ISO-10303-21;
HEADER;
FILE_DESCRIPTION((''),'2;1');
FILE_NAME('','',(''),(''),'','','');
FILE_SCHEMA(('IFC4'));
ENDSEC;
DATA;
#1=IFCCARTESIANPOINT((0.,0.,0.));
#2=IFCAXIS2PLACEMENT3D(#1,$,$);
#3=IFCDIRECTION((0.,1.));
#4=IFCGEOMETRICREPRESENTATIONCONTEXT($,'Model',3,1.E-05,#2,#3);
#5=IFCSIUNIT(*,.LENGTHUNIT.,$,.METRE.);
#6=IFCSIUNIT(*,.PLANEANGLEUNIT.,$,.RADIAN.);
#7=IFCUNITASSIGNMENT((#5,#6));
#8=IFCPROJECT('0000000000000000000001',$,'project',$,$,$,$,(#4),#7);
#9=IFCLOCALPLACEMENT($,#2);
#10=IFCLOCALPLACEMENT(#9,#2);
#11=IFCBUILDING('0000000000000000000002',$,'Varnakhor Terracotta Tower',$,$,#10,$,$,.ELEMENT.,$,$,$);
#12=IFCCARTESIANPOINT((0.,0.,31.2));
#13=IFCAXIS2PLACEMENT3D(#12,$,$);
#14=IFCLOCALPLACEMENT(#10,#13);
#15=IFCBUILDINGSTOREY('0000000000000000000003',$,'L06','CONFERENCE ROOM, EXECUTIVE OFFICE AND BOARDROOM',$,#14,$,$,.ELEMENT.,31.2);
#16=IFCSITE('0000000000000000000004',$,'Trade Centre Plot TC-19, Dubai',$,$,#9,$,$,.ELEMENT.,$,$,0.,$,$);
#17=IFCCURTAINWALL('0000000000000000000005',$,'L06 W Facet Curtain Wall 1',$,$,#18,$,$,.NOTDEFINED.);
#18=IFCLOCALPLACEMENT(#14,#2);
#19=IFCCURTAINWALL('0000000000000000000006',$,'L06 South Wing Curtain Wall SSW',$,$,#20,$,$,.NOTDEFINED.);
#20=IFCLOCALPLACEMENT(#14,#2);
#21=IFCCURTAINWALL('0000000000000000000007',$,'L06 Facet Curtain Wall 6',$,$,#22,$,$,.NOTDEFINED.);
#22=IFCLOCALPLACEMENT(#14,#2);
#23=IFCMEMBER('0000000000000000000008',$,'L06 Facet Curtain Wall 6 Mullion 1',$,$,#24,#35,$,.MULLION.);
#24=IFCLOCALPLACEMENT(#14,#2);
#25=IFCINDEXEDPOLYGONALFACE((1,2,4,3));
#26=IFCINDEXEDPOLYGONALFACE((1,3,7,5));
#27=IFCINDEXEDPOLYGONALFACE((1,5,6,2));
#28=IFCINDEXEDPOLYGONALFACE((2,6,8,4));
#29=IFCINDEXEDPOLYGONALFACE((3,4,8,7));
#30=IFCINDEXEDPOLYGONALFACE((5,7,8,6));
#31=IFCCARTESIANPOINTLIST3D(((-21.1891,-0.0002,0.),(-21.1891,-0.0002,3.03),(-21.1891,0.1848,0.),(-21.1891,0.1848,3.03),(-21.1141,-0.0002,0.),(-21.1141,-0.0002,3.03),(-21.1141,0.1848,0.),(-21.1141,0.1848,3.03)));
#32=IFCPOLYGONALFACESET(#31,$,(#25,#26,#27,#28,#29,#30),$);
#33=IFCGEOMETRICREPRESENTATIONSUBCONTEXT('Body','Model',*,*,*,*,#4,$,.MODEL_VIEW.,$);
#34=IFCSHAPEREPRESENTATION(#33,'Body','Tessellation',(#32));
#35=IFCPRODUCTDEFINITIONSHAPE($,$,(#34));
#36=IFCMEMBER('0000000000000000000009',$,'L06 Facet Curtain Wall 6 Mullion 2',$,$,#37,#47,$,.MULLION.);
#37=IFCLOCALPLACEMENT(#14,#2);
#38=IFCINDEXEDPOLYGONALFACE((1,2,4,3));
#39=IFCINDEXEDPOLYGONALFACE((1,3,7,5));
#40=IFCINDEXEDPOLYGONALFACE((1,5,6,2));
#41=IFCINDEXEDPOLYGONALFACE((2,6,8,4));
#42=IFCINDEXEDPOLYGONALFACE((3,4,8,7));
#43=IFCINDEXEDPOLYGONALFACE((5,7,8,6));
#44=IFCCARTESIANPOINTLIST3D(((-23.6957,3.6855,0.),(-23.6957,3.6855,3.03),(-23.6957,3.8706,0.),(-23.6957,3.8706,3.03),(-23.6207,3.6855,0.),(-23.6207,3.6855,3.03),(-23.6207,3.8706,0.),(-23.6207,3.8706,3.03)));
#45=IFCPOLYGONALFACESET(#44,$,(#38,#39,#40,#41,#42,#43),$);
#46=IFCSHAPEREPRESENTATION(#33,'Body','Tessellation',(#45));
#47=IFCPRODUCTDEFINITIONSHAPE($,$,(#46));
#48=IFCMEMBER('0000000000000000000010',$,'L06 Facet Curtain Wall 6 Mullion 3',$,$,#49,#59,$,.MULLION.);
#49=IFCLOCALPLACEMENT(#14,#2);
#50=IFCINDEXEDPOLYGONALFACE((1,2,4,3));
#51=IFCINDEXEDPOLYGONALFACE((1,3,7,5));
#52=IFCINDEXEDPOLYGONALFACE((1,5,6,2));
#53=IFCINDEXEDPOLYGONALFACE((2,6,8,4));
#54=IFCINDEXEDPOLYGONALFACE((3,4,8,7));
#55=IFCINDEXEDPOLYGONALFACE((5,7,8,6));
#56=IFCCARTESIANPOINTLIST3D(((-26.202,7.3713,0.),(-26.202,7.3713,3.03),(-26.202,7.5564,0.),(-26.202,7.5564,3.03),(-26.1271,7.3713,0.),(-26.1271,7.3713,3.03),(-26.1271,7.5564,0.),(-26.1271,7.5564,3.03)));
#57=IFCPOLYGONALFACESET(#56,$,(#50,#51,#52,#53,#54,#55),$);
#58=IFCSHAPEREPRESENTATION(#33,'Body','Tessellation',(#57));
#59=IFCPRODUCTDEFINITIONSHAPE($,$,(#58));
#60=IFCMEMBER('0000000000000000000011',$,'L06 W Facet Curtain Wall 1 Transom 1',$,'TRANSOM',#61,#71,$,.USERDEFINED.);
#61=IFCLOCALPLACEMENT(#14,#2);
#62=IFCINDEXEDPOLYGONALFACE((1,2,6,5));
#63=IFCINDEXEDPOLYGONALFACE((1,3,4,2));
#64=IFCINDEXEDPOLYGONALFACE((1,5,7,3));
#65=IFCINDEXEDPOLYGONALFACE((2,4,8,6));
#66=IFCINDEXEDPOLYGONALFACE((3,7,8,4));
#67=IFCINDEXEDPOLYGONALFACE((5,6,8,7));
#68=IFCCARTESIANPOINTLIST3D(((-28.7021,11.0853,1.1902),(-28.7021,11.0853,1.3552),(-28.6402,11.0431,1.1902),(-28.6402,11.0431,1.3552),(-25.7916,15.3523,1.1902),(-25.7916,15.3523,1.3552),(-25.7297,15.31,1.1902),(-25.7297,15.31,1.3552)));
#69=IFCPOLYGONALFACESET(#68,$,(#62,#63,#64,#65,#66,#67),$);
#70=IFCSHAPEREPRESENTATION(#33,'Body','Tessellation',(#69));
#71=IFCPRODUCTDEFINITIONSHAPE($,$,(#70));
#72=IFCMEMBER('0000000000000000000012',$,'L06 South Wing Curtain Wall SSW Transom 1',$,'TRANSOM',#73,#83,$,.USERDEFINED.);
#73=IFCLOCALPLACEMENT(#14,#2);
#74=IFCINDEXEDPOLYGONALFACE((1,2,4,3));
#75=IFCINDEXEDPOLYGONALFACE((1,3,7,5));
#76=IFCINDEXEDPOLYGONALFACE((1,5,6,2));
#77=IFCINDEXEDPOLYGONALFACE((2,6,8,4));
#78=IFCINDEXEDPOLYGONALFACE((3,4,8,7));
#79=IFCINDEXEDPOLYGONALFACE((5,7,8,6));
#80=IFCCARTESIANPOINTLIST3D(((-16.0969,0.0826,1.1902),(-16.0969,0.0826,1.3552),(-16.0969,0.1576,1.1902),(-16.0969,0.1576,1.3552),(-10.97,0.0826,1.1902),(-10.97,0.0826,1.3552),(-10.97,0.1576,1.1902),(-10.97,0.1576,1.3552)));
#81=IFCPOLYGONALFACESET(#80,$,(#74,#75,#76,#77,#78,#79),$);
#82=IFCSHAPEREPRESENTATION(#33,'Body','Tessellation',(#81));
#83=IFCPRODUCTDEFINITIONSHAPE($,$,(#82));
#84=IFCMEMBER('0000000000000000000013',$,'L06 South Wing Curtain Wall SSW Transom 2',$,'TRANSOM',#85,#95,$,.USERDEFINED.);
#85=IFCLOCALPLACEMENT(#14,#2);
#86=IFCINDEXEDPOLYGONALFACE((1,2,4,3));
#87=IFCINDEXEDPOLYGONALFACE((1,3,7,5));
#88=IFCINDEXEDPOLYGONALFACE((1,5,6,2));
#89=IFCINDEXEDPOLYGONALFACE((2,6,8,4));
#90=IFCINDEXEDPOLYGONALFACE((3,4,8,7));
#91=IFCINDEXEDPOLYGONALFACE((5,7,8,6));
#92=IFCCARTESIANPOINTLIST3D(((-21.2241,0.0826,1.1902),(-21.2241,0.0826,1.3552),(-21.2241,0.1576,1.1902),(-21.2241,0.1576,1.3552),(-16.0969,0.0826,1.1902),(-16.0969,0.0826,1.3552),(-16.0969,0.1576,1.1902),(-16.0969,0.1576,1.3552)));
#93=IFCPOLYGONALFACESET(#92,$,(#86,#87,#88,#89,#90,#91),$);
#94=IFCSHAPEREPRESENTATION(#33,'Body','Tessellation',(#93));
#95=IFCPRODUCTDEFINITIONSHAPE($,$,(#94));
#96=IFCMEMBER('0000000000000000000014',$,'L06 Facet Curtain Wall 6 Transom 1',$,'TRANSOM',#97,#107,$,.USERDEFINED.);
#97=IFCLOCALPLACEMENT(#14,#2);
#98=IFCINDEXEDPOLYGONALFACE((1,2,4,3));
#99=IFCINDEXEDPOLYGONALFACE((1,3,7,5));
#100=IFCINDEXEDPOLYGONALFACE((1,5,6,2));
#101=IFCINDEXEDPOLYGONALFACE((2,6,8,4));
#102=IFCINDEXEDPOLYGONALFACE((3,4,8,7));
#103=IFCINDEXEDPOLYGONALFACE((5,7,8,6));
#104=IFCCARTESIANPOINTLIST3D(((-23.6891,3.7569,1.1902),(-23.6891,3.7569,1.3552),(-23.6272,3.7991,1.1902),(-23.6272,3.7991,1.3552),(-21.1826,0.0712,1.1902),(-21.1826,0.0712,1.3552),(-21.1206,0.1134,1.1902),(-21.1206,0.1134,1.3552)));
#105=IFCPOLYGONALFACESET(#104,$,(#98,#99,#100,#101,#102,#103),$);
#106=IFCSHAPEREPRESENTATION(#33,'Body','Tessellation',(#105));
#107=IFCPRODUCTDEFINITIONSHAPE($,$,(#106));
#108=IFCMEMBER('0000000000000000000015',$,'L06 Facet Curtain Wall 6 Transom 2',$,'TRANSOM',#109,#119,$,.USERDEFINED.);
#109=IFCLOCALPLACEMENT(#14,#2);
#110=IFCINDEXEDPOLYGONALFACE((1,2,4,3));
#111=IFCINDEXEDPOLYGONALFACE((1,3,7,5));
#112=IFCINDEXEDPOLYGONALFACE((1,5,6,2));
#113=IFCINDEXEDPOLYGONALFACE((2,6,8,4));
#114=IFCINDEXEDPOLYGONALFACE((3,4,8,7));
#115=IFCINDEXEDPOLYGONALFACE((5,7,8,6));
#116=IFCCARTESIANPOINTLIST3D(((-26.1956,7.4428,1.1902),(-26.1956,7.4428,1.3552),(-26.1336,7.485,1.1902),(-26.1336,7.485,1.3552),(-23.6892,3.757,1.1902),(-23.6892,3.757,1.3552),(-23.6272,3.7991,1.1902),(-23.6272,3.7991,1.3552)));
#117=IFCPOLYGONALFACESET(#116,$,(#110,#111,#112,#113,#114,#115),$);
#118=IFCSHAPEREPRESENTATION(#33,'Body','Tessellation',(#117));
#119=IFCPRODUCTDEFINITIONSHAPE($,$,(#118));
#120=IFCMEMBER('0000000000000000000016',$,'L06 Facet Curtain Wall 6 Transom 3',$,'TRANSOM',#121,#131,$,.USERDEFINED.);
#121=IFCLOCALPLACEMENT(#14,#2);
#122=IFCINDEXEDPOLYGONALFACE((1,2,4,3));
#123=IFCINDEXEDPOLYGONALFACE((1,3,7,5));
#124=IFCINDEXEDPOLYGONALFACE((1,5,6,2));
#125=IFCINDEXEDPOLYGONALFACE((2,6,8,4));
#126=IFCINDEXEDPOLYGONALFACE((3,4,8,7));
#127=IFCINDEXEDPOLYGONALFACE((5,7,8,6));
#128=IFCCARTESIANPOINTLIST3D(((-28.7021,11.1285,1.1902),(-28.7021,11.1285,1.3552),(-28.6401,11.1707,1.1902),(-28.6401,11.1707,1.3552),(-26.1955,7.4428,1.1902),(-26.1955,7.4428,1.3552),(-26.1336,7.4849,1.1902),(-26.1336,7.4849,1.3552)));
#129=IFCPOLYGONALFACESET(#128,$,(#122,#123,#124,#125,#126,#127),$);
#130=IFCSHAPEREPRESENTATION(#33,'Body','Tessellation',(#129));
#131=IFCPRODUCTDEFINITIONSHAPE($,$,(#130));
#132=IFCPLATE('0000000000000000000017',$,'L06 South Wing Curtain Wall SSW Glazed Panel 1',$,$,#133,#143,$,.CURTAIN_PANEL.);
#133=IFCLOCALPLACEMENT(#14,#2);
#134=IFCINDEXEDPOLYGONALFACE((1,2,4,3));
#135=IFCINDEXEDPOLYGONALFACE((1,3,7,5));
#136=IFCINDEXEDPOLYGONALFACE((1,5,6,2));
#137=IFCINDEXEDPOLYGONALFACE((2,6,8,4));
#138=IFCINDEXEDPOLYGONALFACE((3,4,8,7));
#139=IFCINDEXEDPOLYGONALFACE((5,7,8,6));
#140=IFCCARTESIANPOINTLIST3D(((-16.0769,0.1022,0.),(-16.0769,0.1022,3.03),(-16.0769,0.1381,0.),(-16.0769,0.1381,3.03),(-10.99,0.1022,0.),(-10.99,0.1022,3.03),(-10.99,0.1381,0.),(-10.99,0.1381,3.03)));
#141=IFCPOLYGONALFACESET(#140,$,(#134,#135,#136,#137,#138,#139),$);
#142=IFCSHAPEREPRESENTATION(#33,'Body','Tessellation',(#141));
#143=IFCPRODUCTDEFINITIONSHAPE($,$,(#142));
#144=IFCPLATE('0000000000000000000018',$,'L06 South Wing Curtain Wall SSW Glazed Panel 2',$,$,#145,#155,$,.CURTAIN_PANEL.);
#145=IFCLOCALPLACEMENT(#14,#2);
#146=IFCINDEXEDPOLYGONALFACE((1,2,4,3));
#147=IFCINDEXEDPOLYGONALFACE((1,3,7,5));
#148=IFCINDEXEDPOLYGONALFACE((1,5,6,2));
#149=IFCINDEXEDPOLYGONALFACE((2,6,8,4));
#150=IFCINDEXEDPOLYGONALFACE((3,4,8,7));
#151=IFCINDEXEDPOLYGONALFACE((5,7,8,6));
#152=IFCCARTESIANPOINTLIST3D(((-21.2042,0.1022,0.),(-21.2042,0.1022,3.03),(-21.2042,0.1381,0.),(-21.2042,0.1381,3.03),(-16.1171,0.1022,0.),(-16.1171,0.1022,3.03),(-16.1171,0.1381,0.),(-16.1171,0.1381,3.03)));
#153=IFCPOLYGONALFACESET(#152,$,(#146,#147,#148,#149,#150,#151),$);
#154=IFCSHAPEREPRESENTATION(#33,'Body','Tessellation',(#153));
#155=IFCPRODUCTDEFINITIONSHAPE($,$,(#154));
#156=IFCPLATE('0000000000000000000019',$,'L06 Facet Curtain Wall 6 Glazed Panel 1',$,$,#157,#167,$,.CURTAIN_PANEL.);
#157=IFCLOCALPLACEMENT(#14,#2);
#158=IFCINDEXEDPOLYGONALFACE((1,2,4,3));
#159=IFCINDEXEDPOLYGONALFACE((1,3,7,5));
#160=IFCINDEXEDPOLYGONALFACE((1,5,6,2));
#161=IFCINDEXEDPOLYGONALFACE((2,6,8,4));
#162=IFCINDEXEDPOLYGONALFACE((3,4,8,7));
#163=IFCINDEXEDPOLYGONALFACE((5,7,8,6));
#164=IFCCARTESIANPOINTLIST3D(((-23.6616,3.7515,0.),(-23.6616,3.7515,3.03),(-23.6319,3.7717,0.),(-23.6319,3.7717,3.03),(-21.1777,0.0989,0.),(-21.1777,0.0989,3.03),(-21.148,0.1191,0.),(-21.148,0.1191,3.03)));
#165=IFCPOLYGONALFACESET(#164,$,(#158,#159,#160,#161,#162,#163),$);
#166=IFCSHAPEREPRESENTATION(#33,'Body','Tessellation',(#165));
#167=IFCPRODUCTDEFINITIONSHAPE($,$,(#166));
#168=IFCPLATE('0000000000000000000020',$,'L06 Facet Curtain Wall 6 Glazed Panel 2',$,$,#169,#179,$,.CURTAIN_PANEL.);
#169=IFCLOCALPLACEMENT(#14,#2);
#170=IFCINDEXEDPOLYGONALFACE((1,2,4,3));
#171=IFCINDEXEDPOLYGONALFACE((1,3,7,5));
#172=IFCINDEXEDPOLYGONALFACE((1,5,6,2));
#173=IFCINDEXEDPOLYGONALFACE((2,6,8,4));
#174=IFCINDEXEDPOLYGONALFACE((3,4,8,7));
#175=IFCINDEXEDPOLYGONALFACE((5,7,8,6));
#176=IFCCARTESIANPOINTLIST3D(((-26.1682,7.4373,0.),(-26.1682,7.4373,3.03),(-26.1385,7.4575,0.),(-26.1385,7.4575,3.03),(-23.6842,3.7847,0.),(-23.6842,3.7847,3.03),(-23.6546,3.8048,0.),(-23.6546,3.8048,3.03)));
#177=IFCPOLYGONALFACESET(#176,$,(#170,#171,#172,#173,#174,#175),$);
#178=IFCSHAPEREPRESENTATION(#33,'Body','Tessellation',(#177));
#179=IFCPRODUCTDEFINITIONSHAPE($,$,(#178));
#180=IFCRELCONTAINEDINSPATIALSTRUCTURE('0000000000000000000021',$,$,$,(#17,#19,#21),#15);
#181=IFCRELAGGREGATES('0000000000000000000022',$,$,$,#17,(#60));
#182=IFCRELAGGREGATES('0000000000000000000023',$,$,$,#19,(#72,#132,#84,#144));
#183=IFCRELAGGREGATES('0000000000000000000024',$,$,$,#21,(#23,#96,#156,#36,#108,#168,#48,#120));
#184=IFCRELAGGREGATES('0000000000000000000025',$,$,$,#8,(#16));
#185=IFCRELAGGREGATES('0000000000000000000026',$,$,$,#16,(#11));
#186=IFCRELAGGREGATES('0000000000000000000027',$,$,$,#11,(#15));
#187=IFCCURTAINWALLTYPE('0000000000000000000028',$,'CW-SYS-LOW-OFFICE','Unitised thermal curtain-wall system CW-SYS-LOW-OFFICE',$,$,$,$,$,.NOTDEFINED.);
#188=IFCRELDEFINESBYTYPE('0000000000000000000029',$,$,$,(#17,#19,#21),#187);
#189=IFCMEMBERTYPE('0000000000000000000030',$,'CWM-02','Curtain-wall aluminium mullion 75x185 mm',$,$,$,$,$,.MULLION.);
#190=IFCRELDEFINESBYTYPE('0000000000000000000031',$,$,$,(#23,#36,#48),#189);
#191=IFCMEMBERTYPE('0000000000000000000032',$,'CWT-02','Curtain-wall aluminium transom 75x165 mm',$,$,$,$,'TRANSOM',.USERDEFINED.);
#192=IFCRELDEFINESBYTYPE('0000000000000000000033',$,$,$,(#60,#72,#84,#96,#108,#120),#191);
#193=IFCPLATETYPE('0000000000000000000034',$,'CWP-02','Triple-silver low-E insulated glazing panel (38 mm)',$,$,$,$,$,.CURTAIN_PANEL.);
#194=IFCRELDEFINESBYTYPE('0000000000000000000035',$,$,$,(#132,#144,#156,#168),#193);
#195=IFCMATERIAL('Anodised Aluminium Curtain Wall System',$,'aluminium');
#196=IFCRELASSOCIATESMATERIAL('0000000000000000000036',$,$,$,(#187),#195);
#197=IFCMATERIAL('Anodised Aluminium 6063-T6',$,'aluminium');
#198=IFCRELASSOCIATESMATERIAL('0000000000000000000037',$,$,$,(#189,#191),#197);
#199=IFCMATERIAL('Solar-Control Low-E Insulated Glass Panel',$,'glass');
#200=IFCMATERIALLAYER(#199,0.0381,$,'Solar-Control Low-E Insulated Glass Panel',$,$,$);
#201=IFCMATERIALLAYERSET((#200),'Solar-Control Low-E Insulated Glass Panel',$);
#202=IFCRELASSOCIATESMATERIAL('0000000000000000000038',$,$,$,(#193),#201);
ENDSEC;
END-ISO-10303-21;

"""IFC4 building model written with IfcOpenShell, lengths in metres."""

from ifc_helpers import new_model, si_unit, direction, frame, origin, origin_2d, place, context, subcontext, project, spatial, rectangle, extrude, source, transform, mapped, material, layer, layer_set, material_profile, profile_set, type_object, type_shapes, element, aggregate, save


model = new_model("IFC4")

# Units and contexts
model_context = context("Model", 3, precision=1e-05, world=origin(), true_north=direction((0.0, 1.0)))
body_context = subcontext(model_context, "Body", "Model", "MODEL_VIEW")
ifc_project = project(units=[si_unit("LENGTHUNIT", "METRE"), si_unit("PLANEANGLEUNIT", "RADIAN")], contexts=[model_context])

# Site, building, storey
site_placement = place(None, origin())
site = spatial("IfcSite", under=ifc_project, at=site_placement, Name="Trade Centre Plot TC-19, Dubai", CompositionType="ELEMENT", RefElevation=0.0)
building_placement = place(site_placement, origin())
building = spatial("IfcBuilding", under=site, at=building_placement, Name="Varnakhor Terracotta Tower", CompositionType="ELEMENT")
storey_placement = place(building_placement, frame((0.0, 0.0, 31.2)))
storey = spatial("IfcBuildingStorey", under=building, at=storey_placement, Name="L06", Description="CONFERENCE ROOM, EXECUTIVE OFFICE AND BOARDROOM", CompositionType="ELEMENT", Elevation=31.2)

# Curtain wall
ifc_material_1 = material(Name="Anodised Aluminium Curtain Wall System", Category="aluminium")
curtain_wall_type = type_object("IfcCurtainWallType", Name="CW-SYS-LOW-OFFICE", Description="Unitised thermal curtain-wall system CW-SYS-LOW-OFFICE", PredefinedType="NOTDEFINED", material=ifc_material_1)
curtain_wall_1_placement = place(storey_placement, origin())
curtain_wall_1 = element("IfcCurtainWall", 1, at=curtain_wall_1_placement, inside=storey, type_object=curtain_wall_type, Name="L06 W Facet Curtain Wall 1", PredefinedType="NOTDEFINED")
ifc_material_2 = material(Name="Anodised Aluminium 6063-T6", Category="aluminium")
ifc_material_profile_1 = material_profile(ifc_material_2, rectangle(XDim=0.075, YDim=0.1851, at=origin_2d()), Name="ALU MULLION 75x185")
ifc_profile_set_1 = profile_set([ifc_material_profile_1], Name="Anodised Aluminium 6063-T6")
member_type_1 = type_object("IfcMemberType", Name="CWM-02", Description="Curtain-wall aluminium mullion 75x185 mm", PredefinedType="MULLION", material=ifc_profile_set_1)
shared_shape_1 = source(origin(), body_context, "Body", "SweptSolid", [
    extrude(rectangle(XDim=0.075, YDim=0.1851, at=origin_2d()), origin(), (0.0, 0.0, 1.0), 3.03),
])
type_shapes(member_type_1, [shared_shape_1])

# Curtain walls, members
curtain_wall_2_placement = place(storey_placement, origin())
curtain_wall_2 = element("IfcCurtainWall", 2, at=curtain_wall_2_placement, inside=storey, type_object=curtain_wall_type, Name="L06 South Wing Curtain Wall SSW", PredefinedType="NOTDEFINED")
curtain_wall_3_placement = place(storey_placement, origin())
curtain_wall_3 = element("IfcCurtainWall", 3, at=curtain_wall_3_placement, inside=storey, type_object=curtain_wall_type, Name="L06 Facet Curtain Wall 6", PredefinedType="NOTDEFINED")
member_1_placement = place(storey_placement, frame((-21.1516, 0.0923, 0.0), z_axis=(0.0, 0.0, 1.0), x_axis=(1.0, 0.0, 0.0)))
member_1 = element("IfcMember", 4, at=member_1_placement, type_object=member_type_1, Name="L06 Facet Curtain Wall 6 Mullion 1", PredefinedType="MULLION", context=body_context, shape_type="MappedRepresentation", body=[
    mapped(shared_shape_1, transform((0.0, 0.0, 0.0), scale=1.0)),
])
member_2_placement = place(storey_placement, frame((-23.6582, 3.7781, 0.0), z_axis=(0.0, 0.0, 1.0), x_axis=(1.0, 0.0, 0.0)))
member_2 = element("IfcMember", 5, at=member_2_placement, type_object=member_type_1, Name="L06 Facet Curtain Wall 6 Mullion 2", PredefinedType="MULLION", context=body_context, shape_type="MappedRepresentation", body=[
    mapped(shared_shape_1, transform((0.0, 0.0, 0.0), scale=1.0)),
])
member_3_placement = place(storey_placement, frame((-26.1646, 7.4639, 0.0), z_axis=(0.0, 0.0, 1.0), x_axis=(1.0, 0.0, 0.0)))
member_3 = element("IfcMember", 6, at=member_3_placement, type_object=member_type_1, Name="L06 Facet Curtain Wall 6 Mullion 3", PredefinedType="MULLION", context=body_context, shape_type="MappedRepresentation", body=[
    mapped(shared_shape_1, transform((0.0, 0.0, 0.0), scale=1.0)),
])

# Members
ifc_material_profile_2 = material_profile(ifc_material_2, rectangle(XDim=0.075, YDim=0.165, at=origin_2d()), Name="ALU TRANSOM 75x165")
ifc_profile_set_2 = profile_set([ifc_material_profile_2], Name="Anodised Aluminium 6063-T6")
member_type_2 = type_object("IfcMemberType", Name="CWT-02", Description="Curtain-wall aluminium transom 75x165 mm", ElementType="TRANSOM", PredefinedType="USERDEFINED", material=ifc_profile_set_2)
shared_shape_2 = source(origin(), body_context, "Body", "SweptSolid", [
    extrude(rectangle(XDim=0.075, YDim=0.165, at=origin_2d()), origin(), (0.0, 0.0, 1.0), 5.165),
])
member_4_placement = place(storey_placement, frame((-28.6711, 11.0642, 1.2727), z_axis=(0.563494, 0.82612, 0.0), x_axis=(-0.82612, 0.563494, 0.0)))
member_4 = element("IfcMember", 7, at=member_4_placement, type_object=member_type_2, Name="L06 W Facet Curtain Wall 1 Transom 1", ObjectType="TRANSOM", PredefinedType="USERDEFINED", context=body_context, shape_type="MappedRepresentation", body=[
    mapped(shared_shape_2, transform((0.0, 0.0, 0.0), scale=1.0)),
])
aggregate(curtain_wall_1, [member_4])
shared_shape_3 = source(origin(), body_context, "Body", "SweptSolid", [
    extrude(rectangle(XDim=0.075, YDim=0.165, at=origin_2d()), origin(), (0.0, 0.0, 1.0), 5.127),
])
member_5_placement = place(storey_placement, frame((-10.97, 0.1201, 1.2727), z_axis=(-1.0, 0.0, 0.0), x_axis=(0.0, -1.0, 0.0)))
member_5 = element("IfcMember", 8, at=member_5_placement, type_object=member_type_2, Name="L06 South Wing Curtain Wall SSW Transom 1", ObjectType="TRANSOM", PredefinedType="USERDEFINED", context=body_context, shape_type="MappedRepresentation", body=[
    mapped(shared_shape_3, transform((0.0, 0.0, 0.0), scale=1.0)),
])
shared_shape_4 = source(origin(), body_context, "Body", "SweptSolid", [
    extrude(rectangle(XDim=0.075, YDim=0.165, at=origin_2d()), origin(), (0.0, 0.0, 1.0), 5.1272),
])
member_6_placement = place(storey_placement, frame((-16.0969, 0.1201, 1.2727), z_axis=(-1.0, 0.0, 0.0), x_axis=(0.0, -1.0, 0.0)))
member_6 = element("IfcMember", 9, at=member_6_placement, type_object=member_type_2, Name="L06 South Wing Curtain Wall SSW Transom 2", ObjectType="TRANSOM", PredefinedType="USERDEFINED", context=body_context, shape_type="MappedRepresentation", body=[
    mapped(shared_shape_4, transform((0.0, 0.0, 0.0), scale=1.0)),
])
shared_shape_5 = source(origin(), body_context, "Body", "SweptSolid", [
    extrude(rectangle(XDim=0.075, YDim=0.165, at=origin_2d()), origin(), (0.0, 0.0, 1.0), 4.4573),
])
member_7_placement = place(storey_placement, frame((-21.1516, 0.0923, 1.2727), z_axis=(-0.562349, 0.8269, 0.0), x_axis=(-0.8269, -0.562349, 0.0)))
member_7 = element("IfcMember", 10, at=member_7_placement, type_object=member_type_2, Name="L06 Facet Curtain Wall 6 Transom 1", ObjectType="TRANSOM", PredefinedType="USERDEFINED", context=body_context, shape_type="MappedRepresentation", body=[
    mapped(shared_shape_5, transform((0.0, 0.0, 0.0), scale=1.0)),
])
member_8_placement = place(storey_placement, frame((-23.6582, 3.7781, 1.2727), z_axis=(-0.562312, 0.826925, 0.0), x_axis=(-0.826925, -0.562312, 0.0)))
member_8 = element("IfcMember", 11, at=member_8_placement, type_object=member_type_2, Name="L06 Facet Curtain Wall 6 Transom 2", ObjectType="TRANSOM", PredefinedType="USERDEFINED", context=body_context, shape_type="MappedRepresentation", body=[
    mapped(shared_shape_5, transform((0.0, 0.0, 0.0), scale=1.0)),
])
member_9_placement = place(storey_placement, frame((-26.1646, 7.4639, 1.2727), z_axis=(-0.562349, 0.8269, 0.0), x_axis=(-0.8269, -0.562349, 0.0)))
member_9 = element("IfcMember", 12, at=member_9_placement, type_object=member_type_2, Name="L06 Facet Curtain Wall 6 Transom 3", ObjectType="TRANSOM", PredefinedType="USERDEFINED", context=body_context, shape_type="MappedRepresentation", body=[
    mapped(shared_shape_5, transform((0.0, 0.0, 0.0), scale=1.0)),
])

# Plates
ifc_material_3 = material(Name="Solar-Control Low-E Insulated Glass Panel", Category="glass")
ifc_layer_1 = layer(ifc_material_3, 0.0381, Name="Solar-Control Low-E Insulated Glass Panel")
ifc_layer_set_1 = layer_set([ifc_layer_1], Name="Solar-Control Low-E Insulated Glass Panel")
plate_type = type_object("IfcPlateType", Name="CWP-02", Description="Triple-silver low-E insulated glazing panel (38 mm)", PredefinedType="CURTAIN_PANEL", material=ifc_layer_set_1)
shared_shape_6 = source(origin(), body_context, "Body", "SweptSolid", [
    extrude(rectangle(XDim=5.0869, YDim=0.0359, at=origin_2d()), origin(), (0.0, 0.0, 1.0), 3.03),
])
plate_1_placement = place(storey_placement, frame((-13.5334, 0.1201, 0.0), z_axis=(0.0, 0.0, 1.0), x_axis=(-1.0, 0.0, 0.0)))
plate_1 = element("IfcPlate", 13, at=plate_1_placement, type_object=plate_type, Name="L06 South Wing Curtain Wall SSW Glazed Panel 1", PredefinedType="CURTAIN_PANEL", context=body_context, shape_type="MappedRepresentation", body=[
    mapped(shared_shape_6, transform((0.0, 0.0, 0.0), scale=1.0)),
])
shared_shape_7 = source(origin(), body_context, "Body", "SweptSolid", [
    extrude(rectangle(XDim=5.0872, YDim=0.0359, at=origin_2d()), origin(), (0.0, 0.0, 1.0), 3.03),
])
plate_2_placement = place(storey_placement, frame((-18.6606, 0.1201, 0.0), z_axis=(0.0, 0.0, 1.0), x_axis=(-1.0, 0.0, 0.0)))
plate_2 = element("IfcPlate", 14, at=plate_2_placement, type_object=plate_type, Name="L06 South Wing Curtain Wall SSW Glazed Panel 2", PredefinedType="CURTAIN_PANEL", context=body_context, shape_type="MappedRepresentation", body=[
    mapped(shared_shape_7, transform((0.0, 0.0, 0.0), scale=1.0)),
])
aggregate(curtain_wall_2, [member_5, plate_1, member_6, plate_2])
shared_shape_8 = source(origin(), body_context, "Body", "SweptSolid", [
    extrude(rectangle(XDim=4.4172, YDim=0.0359, at=origin_2d()), origin(), (0.0, 0.0, 1.0), 3.03),
])
plate_3_placement = place(storey_placement, frame((-22.4048, 1.9353, 0.0), z_axis=(0.0, 0.0, 1.0), x_axis=(-0.562329, 0.826914, 0.0)))
plate_3 = element("IfcPlate", 15, at=plate_3_placement, type_object=plate_type, Name="L06 Facet Curtain Wall 6 Glazed Panel 1", PredefinedType="CURTAIN_PANEL", context=body_context, shape_type="MappedRepresentation", body=[
    mapped(shared_shape_8, transform((0.0, 0.0, 0.0), scale=1.0)),
])
plate_4_placement = place(storey_placement, frame((-24.9114, 5.6211, 0.0), z_axis=(0.0, 0.0, 1.0), x_axis=(-0.562329, 0.826914, 0.0)))
plate_4 = element("IfcPlate", 16, at=plate_4_placement, type_object=plate_type, Name="L06 Facet Curtain Wall 6 Glazed Panel 2", PredefinedType="CURTAIN_PANEL", context=body_context, shape_type="MappedRepresentation", body=[
    mapped(shared_shape_8, transform((0.0, 0.0, 0.0), scale=1.0)),
])
aggregate(curtain_wall_3, [member_1, member_7, plate_3, member_2, member_8, plate_4, member_3, member_9])

save(model, "model.ifc")
